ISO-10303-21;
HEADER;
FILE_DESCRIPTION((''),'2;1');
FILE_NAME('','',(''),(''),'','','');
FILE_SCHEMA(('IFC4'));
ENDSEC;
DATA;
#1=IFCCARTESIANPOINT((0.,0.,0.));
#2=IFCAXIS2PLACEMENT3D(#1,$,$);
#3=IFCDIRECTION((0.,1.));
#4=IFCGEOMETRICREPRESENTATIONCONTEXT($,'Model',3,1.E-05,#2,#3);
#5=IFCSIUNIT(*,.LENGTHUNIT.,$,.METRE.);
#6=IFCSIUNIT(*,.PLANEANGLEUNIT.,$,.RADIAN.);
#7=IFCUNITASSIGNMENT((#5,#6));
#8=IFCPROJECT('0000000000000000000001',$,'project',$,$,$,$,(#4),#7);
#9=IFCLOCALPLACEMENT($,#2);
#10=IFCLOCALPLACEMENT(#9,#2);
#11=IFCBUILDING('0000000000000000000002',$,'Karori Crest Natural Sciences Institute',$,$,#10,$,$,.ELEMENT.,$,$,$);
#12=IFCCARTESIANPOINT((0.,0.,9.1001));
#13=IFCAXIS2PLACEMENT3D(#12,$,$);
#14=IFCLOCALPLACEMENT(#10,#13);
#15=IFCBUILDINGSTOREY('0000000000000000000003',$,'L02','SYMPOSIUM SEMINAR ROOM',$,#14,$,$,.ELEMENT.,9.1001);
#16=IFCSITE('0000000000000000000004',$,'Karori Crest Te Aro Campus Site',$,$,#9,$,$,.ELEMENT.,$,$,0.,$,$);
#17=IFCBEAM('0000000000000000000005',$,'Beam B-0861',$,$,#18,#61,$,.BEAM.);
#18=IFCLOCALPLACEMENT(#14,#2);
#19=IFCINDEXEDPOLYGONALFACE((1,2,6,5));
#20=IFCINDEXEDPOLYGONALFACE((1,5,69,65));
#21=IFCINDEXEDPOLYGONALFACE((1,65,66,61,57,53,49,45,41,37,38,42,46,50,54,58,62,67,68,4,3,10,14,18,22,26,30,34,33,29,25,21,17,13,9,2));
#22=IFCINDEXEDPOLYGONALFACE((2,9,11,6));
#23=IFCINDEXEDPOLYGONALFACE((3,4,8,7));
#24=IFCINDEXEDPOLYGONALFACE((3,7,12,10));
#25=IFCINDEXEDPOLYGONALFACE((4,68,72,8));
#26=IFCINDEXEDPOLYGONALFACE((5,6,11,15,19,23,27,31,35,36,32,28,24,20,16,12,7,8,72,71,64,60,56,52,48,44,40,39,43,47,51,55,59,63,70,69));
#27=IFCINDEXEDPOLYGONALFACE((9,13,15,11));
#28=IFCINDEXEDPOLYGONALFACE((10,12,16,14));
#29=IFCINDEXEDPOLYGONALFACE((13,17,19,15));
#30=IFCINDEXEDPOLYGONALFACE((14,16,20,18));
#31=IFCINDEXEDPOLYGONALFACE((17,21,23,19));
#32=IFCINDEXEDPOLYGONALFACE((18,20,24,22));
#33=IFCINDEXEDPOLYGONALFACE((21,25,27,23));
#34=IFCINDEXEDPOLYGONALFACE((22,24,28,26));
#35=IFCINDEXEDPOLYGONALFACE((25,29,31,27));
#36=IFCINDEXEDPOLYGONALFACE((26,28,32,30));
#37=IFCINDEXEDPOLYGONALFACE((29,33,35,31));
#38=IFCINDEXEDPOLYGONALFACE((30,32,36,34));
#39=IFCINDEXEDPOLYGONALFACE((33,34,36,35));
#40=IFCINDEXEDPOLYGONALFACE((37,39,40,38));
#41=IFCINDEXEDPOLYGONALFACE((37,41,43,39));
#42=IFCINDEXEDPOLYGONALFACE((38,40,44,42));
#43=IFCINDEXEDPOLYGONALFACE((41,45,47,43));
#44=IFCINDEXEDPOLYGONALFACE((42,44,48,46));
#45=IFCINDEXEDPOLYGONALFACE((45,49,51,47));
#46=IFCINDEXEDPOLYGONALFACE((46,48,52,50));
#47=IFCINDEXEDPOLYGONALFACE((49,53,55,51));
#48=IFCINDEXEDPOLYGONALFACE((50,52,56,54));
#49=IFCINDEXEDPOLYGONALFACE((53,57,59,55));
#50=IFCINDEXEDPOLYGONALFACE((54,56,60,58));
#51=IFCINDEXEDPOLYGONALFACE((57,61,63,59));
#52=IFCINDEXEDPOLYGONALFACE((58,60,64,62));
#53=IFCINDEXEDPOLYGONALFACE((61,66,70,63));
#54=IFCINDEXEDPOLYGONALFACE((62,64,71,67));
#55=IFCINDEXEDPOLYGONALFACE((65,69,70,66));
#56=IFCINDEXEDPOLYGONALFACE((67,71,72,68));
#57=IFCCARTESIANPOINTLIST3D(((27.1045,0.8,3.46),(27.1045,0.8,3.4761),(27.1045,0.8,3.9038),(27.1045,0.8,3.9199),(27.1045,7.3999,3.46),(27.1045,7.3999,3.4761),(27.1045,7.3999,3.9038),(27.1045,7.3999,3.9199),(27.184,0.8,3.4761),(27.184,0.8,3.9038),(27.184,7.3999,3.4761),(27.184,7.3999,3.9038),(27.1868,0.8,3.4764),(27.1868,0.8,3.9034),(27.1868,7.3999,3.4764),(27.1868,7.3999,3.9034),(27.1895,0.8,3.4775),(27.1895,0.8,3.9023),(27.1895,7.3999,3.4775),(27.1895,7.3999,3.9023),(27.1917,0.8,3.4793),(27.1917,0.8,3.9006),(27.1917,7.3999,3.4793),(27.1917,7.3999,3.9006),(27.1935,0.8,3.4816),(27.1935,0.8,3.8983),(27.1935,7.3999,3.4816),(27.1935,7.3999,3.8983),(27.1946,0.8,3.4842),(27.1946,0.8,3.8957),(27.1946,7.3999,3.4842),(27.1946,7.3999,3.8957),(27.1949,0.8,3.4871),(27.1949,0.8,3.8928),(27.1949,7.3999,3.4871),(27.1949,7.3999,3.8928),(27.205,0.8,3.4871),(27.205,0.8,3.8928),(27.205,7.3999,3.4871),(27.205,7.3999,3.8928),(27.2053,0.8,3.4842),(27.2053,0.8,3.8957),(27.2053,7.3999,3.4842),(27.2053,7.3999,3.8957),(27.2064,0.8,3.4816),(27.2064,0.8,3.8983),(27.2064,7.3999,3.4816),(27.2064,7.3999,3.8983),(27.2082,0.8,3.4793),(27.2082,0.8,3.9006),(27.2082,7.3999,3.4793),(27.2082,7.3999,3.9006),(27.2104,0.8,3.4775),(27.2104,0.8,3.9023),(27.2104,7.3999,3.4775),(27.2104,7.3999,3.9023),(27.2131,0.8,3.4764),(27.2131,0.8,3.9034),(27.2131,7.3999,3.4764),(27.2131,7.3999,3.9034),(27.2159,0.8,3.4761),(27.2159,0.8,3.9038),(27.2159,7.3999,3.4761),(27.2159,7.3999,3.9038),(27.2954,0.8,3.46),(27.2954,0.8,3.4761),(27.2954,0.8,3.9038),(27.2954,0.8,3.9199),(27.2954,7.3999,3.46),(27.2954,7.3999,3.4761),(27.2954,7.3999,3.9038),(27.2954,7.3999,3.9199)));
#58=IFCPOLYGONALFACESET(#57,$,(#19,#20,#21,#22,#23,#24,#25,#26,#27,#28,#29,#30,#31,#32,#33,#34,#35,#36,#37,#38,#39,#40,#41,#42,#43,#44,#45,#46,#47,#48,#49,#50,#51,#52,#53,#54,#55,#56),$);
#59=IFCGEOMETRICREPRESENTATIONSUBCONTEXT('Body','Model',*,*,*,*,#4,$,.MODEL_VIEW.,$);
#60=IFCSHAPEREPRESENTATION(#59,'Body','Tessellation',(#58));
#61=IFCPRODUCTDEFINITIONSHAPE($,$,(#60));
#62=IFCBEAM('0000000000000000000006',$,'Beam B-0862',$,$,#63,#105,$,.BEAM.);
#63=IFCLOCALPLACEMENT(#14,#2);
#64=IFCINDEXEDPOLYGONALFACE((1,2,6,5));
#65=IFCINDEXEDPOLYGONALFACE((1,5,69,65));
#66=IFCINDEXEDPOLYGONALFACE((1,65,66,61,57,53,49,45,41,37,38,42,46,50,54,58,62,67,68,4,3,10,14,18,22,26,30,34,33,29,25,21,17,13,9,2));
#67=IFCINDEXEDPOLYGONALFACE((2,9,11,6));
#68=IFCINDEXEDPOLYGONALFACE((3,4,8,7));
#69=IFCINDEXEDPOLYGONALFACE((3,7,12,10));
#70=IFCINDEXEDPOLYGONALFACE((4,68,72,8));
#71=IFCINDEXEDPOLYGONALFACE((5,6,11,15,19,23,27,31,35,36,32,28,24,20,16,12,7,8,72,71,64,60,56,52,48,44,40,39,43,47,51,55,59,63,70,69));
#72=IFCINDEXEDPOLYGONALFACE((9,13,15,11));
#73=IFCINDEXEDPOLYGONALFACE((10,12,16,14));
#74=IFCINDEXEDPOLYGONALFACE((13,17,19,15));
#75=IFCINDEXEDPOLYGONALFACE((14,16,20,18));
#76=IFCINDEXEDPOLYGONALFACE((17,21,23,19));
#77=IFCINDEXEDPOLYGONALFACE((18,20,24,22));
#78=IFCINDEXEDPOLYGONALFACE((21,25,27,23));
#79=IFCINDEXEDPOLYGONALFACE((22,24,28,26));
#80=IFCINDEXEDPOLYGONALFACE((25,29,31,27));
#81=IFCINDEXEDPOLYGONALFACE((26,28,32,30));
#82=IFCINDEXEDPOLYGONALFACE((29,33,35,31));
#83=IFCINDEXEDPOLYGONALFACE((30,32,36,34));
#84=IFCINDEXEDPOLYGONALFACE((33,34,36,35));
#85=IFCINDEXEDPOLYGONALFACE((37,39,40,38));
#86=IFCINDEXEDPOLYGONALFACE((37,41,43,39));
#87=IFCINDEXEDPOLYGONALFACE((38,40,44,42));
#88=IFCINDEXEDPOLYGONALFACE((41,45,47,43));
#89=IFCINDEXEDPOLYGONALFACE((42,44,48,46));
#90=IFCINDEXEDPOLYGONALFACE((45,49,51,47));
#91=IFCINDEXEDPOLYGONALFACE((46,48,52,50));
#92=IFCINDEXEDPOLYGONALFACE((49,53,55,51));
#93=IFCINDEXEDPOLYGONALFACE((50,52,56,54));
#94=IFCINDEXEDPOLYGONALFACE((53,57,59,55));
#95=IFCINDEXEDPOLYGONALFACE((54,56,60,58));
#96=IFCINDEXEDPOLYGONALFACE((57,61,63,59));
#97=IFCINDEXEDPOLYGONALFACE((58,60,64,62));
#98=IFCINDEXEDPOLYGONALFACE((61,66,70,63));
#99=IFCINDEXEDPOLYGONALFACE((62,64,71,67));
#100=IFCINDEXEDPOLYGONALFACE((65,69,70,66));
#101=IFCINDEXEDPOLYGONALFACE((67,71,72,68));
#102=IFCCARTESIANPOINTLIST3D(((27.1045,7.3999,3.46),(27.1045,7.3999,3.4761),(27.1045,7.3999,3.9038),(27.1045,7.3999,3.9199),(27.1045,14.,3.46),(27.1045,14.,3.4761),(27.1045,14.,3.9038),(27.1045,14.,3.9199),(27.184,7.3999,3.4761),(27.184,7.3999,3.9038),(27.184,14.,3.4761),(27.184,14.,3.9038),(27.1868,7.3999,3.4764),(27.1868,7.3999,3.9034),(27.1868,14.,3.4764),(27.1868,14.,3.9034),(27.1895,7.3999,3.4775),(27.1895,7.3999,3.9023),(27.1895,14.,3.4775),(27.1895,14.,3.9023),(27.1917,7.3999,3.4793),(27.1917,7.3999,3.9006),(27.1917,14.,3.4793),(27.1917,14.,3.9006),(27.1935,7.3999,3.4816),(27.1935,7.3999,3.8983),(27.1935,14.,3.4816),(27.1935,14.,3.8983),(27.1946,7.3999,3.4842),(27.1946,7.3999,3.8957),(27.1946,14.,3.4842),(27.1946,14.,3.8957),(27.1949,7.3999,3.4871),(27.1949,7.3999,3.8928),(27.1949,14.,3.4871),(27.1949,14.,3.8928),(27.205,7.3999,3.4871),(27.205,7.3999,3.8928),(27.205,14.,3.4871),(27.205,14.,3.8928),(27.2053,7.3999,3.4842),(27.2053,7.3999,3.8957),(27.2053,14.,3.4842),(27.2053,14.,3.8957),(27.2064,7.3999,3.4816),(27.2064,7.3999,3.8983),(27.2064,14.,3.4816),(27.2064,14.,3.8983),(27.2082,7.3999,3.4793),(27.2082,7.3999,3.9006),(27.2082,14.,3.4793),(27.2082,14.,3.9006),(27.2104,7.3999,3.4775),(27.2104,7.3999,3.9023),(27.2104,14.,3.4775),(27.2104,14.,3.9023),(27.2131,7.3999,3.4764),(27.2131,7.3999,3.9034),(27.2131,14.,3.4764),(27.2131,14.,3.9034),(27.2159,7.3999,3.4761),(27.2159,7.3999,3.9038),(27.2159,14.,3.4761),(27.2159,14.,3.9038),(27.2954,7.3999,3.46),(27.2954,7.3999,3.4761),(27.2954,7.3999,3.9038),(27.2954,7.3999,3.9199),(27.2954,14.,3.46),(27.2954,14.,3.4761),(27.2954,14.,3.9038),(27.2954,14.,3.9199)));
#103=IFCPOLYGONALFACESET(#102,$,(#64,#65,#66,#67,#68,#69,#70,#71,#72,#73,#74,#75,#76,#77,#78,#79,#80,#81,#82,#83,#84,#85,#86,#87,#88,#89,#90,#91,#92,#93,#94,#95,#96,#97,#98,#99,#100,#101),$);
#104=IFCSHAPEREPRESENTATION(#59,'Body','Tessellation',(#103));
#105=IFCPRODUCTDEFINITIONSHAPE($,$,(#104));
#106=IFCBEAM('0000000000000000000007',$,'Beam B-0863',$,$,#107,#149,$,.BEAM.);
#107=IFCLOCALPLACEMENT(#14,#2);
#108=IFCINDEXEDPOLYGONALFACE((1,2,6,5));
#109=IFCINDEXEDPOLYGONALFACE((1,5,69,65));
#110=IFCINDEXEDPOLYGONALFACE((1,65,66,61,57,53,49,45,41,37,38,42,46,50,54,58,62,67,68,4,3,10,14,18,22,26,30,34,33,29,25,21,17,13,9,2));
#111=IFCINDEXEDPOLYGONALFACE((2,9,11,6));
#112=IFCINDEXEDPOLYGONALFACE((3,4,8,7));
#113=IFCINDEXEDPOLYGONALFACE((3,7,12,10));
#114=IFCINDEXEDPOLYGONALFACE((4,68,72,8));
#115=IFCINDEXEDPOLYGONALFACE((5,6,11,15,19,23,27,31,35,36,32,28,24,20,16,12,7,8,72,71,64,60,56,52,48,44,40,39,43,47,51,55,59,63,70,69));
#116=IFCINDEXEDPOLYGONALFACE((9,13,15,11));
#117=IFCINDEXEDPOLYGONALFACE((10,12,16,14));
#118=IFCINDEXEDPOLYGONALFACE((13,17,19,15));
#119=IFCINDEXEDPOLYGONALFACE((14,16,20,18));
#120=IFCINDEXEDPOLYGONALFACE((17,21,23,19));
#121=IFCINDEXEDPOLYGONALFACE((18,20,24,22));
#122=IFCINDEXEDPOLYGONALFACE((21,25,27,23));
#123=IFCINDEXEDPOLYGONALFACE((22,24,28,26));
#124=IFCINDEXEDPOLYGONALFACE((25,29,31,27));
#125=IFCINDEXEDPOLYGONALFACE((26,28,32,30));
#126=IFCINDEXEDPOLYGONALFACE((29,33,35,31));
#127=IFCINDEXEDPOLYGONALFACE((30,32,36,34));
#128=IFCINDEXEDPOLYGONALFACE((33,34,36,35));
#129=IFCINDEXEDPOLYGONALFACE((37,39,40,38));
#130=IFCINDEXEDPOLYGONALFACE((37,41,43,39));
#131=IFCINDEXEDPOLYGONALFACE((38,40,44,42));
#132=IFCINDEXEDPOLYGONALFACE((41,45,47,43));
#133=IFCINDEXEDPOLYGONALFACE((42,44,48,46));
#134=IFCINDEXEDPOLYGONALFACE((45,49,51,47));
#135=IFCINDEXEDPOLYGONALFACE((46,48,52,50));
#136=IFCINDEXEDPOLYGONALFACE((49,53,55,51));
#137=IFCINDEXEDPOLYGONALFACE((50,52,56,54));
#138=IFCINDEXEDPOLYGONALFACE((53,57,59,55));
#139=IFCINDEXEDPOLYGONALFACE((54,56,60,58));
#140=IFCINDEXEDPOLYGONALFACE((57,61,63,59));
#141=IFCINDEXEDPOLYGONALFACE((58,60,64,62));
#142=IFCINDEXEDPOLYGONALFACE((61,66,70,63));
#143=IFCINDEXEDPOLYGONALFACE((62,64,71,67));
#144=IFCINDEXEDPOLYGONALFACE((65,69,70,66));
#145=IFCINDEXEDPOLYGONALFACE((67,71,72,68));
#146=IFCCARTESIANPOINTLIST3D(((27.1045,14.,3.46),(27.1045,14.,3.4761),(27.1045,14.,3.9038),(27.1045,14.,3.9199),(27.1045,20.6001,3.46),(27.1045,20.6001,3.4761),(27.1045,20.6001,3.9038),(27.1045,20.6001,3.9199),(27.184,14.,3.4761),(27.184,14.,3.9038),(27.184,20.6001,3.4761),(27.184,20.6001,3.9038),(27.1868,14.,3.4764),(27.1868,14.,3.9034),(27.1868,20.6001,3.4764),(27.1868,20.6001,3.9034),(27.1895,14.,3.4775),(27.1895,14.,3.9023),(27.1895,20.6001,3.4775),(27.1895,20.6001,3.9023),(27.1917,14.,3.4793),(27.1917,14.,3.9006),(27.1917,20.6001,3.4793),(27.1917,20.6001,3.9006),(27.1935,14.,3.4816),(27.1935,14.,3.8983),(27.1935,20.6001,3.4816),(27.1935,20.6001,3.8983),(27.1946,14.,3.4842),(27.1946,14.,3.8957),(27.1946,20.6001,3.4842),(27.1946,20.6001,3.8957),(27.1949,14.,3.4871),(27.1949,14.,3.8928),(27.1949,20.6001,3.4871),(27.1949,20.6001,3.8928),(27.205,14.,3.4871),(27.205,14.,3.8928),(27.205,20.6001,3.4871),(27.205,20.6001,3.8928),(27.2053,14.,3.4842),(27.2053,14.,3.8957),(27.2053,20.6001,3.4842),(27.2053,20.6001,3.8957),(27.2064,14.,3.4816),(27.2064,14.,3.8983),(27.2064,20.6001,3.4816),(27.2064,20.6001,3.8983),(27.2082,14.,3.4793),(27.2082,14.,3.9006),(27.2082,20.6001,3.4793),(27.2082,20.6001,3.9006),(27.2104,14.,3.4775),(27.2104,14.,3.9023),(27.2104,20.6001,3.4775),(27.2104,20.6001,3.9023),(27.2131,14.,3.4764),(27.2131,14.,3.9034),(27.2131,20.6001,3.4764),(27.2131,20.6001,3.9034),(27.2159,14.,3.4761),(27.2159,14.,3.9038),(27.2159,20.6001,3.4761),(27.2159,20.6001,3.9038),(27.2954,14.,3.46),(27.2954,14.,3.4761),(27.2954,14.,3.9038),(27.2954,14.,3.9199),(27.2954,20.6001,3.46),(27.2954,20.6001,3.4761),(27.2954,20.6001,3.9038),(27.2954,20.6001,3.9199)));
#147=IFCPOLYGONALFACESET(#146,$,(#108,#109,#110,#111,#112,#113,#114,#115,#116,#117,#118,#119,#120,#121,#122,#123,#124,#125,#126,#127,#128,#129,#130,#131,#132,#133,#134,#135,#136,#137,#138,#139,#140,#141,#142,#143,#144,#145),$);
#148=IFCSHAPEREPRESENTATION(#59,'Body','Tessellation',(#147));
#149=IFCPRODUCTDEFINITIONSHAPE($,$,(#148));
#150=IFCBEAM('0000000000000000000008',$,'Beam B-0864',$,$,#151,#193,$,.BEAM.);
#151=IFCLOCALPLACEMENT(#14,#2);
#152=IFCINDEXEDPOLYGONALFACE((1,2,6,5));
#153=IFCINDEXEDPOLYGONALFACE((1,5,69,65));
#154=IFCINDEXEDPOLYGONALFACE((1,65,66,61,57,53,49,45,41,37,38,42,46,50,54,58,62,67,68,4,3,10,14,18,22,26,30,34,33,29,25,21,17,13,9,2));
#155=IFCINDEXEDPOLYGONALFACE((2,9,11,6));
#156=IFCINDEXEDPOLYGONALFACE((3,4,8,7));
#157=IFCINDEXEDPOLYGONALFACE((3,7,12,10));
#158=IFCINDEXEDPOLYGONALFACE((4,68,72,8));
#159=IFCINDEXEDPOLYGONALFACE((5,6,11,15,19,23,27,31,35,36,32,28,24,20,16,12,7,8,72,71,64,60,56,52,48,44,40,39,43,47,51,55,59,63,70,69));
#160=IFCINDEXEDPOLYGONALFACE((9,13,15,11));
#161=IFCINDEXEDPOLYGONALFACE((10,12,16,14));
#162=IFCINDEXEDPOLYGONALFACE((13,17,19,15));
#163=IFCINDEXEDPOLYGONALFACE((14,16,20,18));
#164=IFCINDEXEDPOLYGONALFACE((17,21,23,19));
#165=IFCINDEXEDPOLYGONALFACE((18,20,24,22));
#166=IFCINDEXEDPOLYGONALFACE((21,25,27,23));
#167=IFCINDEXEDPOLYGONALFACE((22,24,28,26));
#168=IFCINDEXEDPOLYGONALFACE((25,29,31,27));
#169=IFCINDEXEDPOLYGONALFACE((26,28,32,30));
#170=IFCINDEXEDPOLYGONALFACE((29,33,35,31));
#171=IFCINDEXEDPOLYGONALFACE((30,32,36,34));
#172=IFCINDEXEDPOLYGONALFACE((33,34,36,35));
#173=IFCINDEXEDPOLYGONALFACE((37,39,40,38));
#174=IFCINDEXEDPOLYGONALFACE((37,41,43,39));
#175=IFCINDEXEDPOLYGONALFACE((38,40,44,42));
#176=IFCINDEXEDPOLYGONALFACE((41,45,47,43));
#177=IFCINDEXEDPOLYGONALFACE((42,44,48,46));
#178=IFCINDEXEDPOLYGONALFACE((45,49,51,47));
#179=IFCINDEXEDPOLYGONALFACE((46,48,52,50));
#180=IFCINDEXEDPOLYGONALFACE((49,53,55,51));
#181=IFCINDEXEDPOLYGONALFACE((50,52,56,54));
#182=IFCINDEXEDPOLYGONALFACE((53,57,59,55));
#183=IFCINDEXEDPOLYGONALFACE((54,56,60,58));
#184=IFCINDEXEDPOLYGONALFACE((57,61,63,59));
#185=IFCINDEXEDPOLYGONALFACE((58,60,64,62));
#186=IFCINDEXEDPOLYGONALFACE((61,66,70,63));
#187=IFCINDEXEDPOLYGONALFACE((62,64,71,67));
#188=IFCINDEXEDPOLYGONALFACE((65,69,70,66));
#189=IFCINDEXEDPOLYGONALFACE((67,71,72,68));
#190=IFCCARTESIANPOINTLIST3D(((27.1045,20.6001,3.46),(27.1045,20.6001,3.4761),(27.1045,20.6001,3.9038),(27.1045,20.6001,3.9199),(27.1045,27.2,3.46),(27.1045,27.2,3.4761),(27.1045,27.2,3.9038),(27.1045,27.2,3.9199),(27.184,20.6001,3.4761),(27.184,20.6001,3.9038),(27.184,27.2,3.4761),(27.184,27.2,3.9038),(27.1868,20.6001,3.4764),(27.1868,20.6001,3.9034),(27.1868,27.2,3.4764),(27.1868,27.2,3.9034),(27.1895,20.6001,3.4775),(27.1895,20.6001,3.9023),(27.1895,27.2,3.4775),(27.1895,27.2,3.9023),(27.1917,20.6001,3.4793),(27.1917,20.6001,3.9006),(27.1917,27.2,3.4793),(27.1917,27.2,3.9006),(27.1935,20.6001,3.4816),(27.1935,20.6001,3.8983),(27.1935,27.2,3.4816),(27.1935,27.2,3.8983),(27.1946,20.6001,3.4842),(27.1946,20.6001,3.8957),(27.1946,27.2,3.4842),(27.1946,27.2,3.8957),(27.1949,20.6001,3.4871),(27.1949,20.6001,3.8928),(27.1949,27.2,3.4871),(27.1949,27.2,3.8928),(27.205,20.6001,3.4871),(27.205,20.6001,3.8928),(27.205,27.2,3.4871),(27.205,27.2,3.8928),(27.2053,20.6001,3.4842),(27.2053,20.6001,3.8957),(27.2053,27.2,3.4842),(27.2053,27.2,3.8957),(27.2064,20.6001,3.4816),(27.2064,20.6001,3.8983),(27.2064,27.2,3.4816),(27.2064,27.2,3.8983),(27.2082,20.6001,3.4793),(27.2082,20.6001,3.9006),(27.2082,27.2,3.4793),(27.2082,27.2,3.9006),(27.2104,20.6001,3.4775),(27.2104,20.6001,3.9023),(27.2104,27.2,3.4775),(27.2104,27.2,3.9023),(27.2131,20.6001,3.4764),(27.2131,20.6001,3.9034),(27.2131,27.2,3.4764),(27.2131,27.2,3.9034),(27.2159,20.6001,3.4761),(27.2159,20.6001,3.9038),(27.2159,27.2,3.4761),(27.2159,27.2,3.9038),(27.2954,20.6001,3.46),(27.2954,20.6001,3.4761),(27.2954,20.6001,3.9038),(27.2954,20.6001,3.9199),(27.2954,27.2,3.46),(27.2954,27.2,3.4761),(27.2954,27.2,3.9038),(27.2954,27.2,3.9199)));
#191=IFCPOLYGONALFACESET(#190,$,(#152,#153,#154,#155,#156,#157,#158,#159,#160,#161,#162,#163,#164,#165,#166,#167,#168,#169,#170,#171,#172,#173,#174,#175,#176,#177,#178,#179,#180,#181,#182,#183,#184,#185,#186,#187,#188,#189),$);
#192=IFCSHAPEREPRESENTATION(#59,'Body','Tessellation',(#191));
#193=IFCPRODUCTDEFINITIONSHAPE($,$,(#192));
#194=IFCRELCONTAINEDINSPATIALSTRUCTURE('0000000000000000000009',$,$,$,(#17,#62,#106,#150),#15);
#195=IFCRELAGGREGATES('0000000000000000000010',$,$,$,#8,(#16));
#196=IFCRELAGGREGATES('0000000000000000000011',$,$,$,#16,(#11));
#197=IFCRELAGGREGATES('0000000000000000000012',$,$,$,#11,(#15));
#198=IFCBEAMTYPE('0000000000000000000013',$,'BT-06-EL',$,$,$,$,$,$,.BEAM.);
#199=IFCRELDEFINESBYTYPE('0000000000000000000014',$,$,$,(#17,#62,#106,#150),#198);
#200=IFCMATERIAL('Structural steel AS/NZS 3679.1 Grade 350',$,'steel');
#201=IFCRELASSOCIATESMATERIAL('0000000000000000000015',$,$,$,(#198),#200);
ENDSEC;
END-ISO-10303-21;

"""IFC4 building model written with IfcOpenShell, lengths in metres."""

from ifc_helpers import new_model, si_unit, direction, frame, origin, origin_2d, place, context, subcontext, project, spatial, i_section, extrude, material, material_profile, profile_set, type_object, element, save


model = new_model("IFC4")

# Units and contexts
model_context = context("Model", 3, precision=1e-05, world=origin(), true_north=direction((0.0, 1.0)))
body_context = subcontext(model_context, "Body", "Model", "MODEL_VIEW")
ifc_project = project(units=[si_unit("LENGTHUNIT", "METRE"), si_unit("PLANEANGLEUNIT", "RADIAN")], contexts=[model_context])

# Site, building, storey
site_placement = place(None, origin())
site = spatial("IfcSite", under=ifc_project, at=site_placement, Name="Karori Crest Te Aro Campus Site", CompositionType="ELEMENT", RefElevation=0.0)
building_placement = place(site_placement, origin())
building = spatial("IfcBuilding", under=site, at=building_placement, Name="Karori Crest Natural Sciences Institute", CompositionType="ELEMENT")
storey_placement = place(building_placement, frame((0.0, 0.0, 9.1001)))
storey = spatial("IfcBuildingStorey", under=building, at=storey_placement, Name="L02", Description="SYMPOSIUM SEMINAR ROOM", CompositionType="ELEMENT", Elevation=9.1001)

# Shared definitions
ifc_material_1 = material(Name="Structural steel AS/NZS 3679.1 Grade 350", Category="steel")

# Beams
ifc_material_profile_1 = material_profile(ifc_material_1, i_section(OverallWidth=0.1909, OverallDepth=0.46, WebThickness=0.01, FlangeThickness=0.0161, FilletRadius=0.011, at=origin_2d()), Name="460UB82.1")
ifc_profile_set_1 = profile_set([ifc_material_profile_1], Name="Structural steel AS/NZS 3679.1 Grade 350")
beam_type = type_object("IfcBeamType", Name="BT-06-EL", PredefinedType="BEAM", material=ifc_profile_set_1)
beam_1_placement = place(storey_placement, frame((27.2, 0.8, 3.6899), z_axis=(0.0, 1.0, 0.0), x_axis=(-1.0, 0.0, 0.0)))
element("IfcBeam", 1, at=beam_1_placement, inside=storey, type_object=beam_type, Name="Beam B-0861", PredefinedType="BEAM", context=body_context, shape_type="SweptSolid", body=[
    extrude(i_section(OverallWidth=0.1909, OverallDepth=0.46, WebThickness=0.01, FlangeThickness=0.0161, FilletRadius=0.011, at=origin_2d()), origin(), (0.0, 0.0, 1.0), 6.5999),
])
for number, where, z_axis, x_axis, name in (
    (2, (27.2, 7.3999, 3.6899), (0.0, 1.0, 0.0), (-1.0, 0.0, 0.0), "Beam B-0862"),
    (3, (27.2, 14.0, 3.6899), (0.0, 1.0, 0.0), (-1.0, 0.0, 0.0), "Beam B-0863"),
):
    element("IfcBeam", number, at=place(storey_placement, frame(where, z_axis=z_axis, x_axis=x_axis)), inside=storey, type_object=beam_type, Name=name, PredefinedType="BEAM", context=body_context, shape_type="SweptSolid", body=[
        extrude(i_section(OverallWidth=0.1909, OverallDepth=0.46, WebThickness=0.01, FlangeThickness=0.0161, FilletRadius=0.011, at=origin_2d()), origin(), (0.0, 0.0, 1.0), 6.6001),
    ])
beam_2_placement = place(storey_placement, frame((27.2, 20.6001, 3.6899), z_axis=(0.0, 1.0, 0.0), x_axis=(-1.0, 0.0, 0.0)))
element("IfcBeam", 4, at=beam_2_placement, inside=storey, type_object=beam_type, Name="Beam B-0864", PredefinedType="BEAM", context=body_context, shape_type="SweptSolid", body=[
    extrude(i_section(OverallWidth=0.1909, OverallDepth=0.46, WebThickness=0.01, FlangeThickness=0.0161, FilletRadius=0.011, at=origin_2d()), origin(), (0.0, 0.0, 1.0), 6.5999),
])

save(model, "model.ifc")
